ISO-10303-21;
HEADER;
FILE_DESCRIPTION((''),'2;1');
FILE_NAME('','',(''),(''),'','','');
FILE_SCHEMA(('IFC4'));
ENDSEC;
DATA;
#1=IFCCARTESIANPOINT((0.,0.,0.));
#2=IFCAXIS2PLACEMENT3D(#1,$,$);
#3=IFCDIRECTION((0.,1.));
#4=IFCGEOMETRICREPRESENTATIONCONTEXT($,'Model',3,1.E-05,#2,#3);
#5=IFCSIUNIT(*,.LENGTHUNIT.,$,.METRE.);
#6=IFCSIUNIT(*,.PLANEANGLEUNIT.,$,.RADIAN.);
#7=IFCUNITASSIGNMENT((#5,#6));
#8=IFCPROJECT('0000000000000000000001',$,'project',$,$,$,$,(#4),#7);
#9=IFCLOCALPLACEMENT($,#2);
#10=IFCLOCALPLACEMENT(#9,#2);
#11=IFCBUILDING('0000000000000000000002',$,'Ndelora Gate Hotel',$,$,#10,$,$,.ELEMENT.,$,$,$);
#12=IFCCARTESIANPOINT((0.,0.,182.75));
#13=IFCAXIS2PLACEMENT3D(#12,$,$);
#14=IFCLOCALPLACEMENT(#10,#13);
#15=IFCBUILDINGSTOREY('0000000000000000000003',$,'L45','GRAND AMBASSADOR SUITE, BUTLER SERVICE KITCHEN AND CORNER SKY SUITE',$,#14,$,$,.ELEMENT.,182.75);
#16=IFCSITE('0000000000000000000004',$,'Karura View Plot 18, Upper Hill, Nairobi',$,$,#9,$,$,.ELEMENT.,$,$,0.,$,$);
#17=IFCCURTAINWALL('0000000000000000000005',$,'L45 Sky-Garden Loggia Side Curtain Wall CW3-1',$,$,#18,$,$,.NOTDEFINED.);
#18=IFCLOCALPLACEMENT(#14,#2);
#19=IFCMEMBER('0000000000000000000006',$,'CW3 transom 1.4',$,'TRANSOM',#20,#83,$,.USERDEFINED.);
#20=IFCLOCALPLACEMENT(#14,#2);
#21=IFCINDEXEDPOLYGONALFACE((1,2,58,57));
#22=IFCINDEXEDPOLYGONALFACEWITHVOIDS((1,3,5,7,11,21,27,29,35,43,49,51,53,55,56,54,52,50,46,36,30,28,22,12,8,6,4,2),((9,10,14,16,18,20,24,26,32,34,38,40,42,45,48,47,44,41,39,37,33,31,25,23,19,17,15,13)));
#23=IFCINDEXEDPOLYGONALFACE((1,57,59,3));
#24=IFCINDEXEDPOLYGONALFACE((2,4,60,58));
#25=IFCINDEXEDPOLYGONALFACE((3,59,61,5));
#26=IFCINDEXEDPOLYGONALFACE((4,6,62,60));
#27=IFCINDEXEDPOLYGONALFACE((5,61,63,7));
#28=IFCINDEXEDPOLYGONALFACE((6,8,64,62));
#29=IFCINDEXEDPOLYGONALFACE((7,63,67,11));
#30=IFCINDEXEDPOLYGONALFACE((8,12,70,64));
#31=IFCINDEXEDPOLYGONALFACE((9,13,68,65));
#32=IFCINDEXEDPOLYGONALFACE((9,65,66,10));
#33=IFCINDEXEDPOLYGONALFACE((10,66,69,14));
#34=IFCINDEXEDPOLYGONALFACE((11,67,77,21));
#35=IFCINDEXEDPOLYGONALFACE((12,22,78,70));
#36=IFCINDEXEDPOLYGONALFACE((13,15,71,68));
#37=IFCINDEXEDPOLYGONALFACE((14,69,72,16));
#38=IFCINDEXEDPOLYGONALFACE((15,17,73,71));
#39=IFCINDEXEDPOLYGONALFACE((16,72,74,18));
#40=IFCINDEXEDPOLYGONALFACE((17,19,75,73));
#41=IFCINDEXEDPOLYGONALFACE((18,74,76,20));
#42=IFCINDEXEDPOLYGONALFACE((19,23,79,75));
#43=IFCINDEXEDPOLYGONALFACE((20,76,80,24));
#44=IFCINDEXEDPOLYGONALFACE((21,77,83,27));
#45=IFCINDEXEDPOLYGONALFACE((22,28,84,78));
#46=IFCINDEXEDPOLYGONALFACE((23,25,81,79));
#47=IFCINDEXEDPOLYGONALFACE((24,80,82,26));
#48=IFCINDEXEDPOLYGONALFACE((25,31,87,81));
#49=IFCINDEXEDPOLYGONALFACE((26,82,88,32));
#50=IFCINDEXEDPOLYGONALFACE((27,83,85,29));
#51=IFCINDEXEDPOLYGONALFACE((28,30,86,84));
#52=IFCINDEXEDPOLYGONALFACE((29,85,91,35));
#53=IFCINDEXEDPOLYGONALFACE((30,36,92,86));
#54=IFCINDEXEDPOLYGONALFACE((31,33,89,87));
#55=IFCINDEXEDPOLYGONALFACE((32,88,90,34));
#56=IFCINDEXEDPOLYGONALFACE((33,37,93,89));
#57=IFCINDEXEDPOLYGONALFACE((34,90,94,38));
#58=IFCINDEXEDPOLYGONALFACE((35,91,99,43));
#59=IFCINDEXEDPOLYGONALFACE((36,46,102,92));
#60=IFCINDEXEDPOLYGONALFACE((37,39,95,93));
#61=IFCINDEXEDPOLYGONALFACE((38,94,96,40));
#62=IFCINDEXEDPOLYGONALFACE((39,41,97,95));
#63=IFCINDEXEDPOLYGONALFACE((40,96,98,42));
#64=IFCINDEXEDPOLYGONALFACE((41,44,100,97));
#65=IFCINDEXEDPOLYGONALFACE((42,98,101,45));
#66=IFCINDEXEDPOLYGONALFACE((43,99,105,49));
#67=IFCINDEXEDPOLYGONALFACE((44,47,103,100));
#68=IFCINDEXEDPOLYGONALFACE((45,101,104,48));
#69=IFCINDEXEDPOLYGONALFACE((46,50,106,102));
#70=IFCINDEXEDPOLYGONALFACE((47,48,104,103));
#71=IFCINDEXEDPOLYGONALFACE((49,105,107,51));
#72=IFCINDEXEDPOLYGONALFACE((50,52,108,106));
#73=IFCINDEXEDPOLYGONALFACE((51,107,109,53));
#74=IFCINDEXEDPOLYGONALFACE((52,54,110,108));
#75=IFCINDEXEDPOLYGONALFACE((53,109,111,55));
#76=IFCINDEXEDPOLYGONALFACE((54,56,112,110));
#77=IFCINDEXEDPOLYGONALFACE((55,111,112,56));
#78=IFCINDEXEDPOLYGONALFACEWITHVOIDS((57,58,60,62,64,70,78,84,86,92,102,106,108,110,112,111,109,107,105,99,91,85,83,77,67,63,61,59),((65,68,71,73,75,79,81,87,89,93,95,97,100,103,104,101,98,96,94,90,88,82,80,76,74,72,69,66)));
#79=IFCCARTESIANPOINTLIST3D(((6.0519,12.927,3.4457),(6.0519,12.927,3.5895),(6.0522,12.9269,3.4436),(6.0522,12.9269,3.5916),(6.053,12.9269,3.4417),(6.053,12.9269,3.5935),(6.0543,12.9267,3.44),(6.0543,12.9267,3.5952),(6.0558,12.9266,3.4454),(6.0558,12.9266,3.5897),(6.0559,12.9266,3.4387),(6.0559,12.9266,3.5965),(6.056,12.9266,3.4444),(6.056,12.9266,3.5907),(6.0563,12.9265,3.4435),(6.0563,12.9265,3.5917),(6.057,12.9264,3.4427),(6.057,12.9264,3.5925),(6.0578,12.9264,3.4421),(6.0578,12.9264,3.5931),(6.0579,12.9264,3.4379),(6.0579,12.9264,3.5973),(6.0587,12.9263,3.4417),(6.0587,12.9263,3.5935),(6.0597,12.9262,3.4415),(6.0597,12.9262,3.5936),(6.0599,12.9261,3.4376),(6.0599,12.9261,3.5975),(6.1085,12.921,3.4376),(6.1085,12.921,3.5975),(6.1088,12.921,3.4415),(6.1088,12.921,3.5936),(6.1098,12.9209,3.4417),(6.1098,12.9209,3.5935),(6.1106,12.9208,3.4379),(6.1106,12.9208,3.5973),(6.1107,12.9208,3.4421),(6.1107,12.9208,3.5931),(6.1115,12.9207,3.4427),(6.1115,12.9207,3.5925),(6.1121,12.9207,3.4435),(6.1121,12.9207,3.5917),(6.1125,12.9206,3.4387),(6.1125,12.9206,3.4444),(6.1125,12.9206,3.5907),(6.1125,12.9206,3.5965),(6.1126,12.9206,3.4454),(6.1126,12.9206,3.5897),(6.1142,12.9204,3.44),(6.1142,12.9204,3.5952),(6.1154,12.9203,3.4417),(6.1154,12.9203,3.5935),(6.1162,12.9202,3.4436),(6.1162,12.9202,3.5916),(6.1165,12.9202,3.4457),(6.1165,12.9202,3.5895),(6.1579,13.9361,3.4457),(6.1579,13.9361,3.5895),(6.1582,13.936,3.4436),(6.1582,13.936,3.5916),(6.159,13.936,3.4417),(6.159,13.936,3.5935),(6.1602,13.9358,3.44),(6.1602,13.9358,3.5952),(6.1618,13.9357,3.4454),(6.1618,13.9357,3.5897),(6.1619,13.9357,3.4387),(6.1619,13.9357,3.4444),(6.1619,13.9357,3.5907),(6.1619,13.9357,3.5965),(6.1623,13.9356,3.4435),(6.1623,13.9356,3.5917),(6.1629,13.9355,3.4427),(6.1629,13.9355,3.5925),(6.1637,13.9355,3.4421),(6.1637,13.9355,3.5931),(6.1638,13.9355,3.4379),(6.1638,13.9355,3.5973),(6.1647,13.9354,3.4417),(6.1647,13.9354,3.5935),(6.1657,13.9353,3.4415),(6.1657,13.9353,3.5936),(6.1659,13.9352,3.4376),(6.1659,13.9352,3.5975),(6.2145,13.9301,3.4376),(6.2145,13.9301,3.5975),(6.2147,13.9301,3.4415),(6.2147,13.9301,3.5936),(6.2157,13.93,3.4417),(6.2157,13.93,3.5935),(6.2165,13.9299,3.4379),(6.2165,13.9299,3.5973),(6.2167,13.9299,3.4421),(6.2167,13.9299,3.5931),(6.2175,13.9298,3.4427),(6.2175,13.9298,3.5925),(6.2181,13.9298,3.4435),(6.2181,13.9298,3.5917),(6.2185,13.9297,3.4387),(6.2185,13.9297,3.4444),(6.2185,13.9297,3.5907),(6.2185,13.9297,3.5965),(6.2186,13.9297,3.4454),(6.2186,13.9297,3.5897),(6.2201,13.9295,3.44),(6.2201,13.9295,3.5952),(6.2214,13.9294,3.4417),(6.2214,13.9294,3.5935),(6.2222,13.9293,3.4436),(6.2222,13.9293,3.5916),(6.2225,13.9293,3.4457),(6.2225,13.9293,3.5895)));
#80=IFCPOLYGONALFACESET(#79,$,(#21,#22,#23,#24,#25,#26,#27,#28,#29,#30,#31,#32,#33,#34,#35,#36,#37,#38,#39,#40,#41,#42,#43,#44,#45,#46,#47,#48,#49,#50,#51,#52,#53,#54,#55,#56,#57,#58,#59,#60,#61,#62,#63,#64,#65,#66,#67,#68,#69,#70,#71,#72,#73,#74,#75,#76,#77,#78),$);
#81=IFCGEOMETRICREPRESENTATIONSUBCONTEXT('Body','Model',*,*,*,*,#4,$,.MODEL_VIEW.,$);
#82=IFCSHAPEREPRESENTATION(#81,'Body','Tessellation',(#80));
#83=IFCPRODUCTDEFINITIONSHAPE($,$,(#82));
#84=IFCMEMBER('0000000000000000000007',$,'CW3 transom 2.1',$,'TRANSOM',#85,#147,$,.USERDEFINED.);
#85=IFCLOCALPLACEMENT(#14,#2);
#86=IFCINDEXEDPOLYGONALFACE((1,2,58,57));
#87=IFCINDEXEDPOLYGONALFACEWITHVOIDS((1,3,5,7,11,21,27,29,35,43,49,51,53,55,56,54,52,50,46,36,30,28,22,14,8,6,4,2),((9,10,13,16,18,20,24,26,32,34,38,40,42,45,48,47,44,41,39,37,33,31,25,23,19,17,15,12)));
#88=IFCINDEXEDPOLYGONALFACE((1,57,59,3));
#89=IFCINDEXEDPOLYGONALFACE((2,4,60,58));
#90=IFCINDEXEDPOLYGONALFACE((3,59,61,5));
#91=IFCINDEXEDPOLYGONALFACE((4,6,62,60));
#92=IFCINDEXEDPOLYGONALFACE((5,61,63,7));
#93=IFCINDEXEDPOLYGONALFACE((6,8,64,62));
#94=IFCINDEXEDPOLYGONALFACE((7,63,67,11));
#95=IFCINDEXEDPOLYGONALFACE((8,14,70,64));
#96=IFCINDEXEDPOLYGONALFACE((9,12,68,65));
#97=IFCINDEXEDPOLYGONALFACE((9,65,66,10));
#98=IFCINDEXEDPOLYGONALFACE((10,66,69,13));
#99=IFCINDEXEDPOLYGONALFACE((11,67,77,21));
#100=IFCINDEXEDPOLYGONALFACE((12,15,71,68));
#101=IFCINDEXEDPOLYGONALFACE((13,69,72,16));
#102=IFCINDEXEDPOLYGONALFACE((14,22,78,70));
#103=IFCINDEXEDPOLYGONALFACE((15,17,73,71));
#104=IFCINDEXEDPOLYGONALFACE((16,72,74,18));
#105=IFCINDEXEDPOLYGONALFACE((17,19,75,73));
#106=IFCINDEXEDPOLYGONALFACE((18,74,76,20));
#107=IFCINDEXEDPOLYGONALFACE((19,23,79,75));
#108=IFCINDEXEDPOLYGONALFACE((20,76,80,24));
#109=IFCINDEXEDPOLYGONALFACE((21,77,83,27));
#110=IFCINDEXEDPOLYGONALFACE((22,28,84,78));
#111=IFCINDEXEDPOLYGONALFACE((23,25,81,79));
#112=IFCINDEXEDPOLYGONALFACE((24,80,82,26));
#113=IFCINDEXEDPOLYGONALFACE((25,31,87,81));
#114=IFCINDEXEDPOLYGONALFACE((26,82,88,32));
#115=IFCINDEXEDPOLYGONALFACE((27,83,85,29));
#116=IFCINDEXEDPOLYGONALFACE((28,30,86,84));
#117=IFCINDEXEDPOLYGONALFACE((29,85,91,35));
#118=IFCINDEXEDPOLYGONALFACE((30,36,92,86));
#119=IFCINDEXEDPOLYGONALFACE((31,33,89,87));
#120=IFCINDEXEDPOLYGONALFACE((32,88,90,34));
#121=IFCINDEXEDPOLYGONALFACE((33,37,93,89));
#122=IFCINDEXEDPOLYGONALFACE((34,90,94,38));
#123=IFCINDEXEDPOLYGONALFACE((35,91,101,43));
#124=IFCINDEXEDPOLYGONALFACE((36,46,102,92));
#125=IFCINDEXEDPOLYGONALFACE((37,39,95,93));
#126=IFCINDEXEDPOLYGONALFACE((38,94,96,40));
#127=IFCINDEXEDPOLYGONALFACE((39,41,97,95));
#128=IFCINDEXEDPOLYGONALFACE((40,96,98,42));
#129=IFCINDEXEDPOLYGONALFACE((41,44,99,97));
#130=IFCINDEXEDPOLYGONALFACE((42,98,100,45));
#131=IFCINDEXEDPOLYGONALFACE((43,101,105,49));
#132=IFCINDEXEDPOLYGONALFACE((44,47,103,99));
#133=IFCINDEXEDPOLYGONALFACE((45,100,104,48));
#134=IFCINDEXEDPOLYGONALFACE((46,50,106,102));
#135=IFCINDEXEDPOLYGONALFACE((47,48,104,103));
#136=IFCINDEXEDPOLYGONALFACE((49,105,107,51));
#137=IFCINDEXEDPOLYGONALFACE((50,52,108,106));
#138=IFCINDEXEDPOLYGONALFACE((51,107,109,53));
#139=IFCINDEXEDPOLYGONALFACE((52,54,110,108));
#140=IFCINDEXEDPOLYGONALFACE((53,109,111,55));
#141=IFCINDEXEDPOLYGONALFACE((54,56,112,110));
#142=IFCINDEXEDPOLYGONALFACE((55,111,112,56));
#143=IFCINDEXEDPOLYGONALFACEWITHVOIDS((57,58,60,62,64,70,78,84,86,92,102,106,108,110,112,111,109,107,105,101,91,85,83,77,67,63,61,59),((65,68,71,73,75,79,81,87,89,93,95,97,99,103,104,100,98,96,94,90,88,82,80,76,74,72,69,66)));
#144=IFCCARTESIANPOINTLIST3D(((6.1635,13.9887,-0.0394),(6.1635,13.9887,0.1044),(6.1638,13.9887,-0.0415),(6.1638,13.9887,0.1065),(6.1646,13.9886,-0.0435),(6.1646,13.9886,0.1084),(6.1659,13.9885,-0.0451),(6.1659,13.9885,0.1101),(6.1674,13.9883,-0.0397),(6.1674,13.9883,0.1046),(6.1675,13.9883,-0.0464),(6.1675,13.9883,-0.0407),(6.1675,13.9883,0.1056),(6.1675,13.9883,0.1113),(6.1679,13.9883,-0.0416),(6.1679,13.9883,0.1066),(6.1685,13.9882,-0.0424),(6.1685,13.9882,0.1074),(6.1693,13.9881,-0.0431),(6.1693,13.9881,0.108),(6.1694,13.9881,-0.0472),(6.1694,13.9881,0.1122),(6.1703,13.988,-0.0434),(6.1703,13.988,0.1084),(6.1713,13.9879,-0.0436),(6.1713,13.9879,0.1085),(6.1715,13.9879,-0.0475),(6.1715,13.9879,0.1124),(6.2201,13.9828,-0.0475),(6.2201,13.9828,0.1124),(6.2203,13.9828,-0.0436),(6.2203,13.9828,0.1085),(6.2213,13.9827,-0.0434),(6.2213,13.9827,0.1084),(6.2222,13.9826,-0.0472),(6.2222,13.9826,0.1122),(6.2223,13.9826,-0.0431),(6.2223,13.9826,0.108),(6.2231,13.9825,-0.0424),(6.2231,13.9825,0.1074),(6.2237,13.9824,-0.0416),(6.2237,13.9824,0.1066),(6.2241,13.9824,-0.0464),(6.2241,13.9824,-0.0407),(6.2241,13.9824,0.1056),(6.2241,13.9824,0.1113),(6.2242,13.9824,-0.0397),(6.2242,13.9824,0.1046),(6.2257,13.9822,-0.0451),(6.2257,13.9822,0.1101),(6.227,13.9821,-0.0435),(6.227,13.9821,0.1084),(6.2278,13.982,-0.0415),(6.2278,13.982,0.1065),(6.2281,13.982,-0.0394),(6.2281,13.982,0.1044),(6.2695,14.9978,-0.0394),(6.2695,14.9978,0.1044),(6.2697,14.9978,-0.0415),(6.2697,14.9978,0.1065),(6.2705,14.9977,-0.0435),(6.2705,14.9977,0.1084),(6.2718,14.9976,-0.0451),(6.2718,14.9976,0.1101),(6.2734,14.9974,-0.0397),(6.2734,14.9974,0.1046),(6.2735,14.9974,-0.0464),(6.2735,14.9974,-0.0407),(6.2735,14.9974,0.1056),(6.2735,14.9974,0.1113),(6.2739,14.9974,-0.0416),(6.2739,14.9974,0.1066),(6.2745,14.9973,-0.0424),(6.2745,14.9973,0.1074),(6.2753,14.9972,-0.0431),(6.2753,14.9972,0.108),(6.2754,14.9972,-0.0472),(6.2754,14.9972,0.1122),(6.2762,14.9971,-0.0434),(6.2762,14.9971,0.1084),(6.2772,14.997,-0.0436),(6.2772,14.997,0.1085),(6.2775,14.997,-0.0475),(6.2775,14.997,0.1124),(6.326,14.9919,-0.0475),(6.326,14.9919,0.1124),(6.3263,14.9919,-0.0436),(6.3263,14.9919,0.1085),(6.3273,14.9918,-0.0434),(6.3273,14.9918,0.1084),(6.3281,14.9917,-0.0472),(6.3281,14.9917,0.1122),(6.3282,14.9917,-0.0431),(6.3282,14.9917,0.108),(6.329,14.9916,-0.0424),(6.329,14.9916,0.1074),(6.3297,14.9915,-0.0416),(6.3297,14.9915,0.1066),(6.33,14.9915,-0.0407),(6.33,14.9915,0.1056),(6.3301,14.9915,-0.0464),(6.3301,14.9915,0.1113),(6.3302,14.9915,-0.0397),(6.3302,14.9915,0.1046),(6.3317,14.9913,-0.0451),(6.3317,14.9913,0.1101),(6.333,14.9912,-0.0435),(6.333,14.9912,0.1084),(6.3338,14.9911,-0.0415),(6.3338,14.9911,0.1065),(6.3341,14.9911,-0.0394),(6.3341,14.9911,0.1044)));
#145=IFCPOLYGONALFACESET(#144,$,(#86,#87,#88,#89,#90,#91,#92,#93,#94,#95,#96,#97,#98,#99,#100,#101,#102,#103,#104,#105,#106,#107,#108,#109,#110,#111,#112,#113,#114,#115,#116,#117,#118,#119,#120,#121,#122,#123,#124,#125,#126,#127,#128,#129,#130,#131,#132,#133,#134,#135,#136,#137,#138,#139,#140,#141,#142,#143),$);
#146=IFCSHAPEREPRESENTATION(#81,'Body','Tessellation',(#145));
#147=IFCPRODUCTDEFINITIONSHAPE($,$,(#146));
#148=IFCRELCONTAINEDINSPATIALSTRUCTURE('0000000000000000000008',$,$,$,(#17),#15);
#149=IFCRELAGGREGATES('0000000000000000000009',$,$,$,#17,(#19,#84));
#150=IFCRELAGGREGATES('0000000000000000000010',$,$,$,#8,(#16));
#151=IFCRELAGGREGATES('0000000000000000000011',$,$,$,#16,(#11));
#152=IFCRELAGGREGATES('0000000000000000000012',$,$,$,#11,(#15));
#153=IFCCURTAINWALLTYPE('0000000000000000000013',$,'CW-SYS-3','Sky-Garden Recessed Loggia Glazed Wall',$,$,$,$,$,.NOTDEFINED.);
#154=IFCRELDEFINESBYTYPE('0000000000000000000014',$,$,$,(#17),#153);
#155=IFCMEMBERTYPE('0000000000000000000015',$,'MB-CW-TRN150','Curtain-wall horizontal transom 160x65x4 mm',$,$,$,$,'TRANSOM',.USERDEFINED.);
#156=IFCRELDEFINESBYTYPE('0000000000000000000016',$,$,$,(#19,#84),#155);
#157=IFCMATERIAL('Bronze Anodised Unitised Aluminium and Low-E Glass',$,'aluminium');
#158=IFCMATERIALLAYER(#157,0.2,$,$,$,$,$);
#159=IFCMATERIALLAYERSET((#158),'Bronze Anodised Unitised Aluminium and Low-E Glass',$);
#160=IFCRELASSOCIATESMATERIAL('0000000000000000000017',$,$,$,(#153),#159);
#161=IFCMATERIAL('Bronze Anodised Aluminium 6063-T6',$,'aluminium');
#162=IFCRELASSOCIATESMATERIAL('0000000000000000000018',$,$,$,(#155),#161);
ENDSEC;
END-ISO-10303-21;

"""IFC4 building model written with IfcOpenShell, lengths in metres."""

from ifc_helpers import new_model, si_unit, direction, frame, origin, origin_2d, place, context, subcontext, project, spatial, hollow_rectangle, extrude, material, layer, layer_set, material_profile, profile_set, type_object, element, aggregate, save


model = new_model("IFC4")

# Units and contexts
model_context = context("Model", 3, precision=1e-05, world=origin(), true_north=direction((0.0, 1.0)))
body_context = subcontext(model_context, "Body", "Model", "MODEL_VIEW")
ifc_project = project(units=[si_unit("LENGTHUNIT", "METRE"), si_unit("PLANEANGLEUNIT", "RADIAN")], contexts=[model_context])

# Site, building, storey
site_placement = place(None, origin())
site = spatial("IfcSite", under=ifc_project, at=site_placement, Name="Karura View Plot 18, Upper Hill, Nairobi", CompositionType="ELEMENT", RefElevation=0.0)
building_placement = place(site_placement, origin())
building = spatial("IfcBuilding", under=site, at=building_placement, Name="Ndelora Gate Hotel", CompositionType="ELEMENT")
storey_placement = place(building_placement, frame((0.0, 0.0, 182.75)))
storey = spatial("IfcBuildingStorey", under=building, at=storey_placement, Name="L45", Description="GRAND AMBASSADOR SUITE, BUTLER SERVICE KITCHEN AND CORNER SKY SUITE", CompositionType="ELEMENT", Elevation=182.75)

# Curtain wall, members
ifc_material_1 = material(Name="Bronze Anodised Unitised Aluminium and Low-E Glass", Category="aluminium")
ifc_layer_1 = layer(ifc_material_1, 0.2)
ifc_layer_set_1 = layer_set([ifc_layer_1], Name="Bronze Anodised Unitised Aluminium and Low-E Glass")
curtain_wall_type = type_object("IfcCurtainWallType", Name="CW-SYS-3", Description="Sky-Garden Recessed Loggia Glazed Wall", PredefinedType="NOTDEFINED", material=ifc_layer_set_1)
curtain_wall_placement = place(storey_placement, origin())
curtain_wall = element("IfcCurtainWall", 1, at=curtain_wall_placement, inside=storey, type_object=curtain_wall_type, Name="L45 Sky-Garden Loggia Side Curtain Wall CW3-1", PredefinedType="NOTDEFINED")
ifc_material_2 = material(Name="Bronze Anodised Aluminium 6063-T6", Category="aluminium")
ifc_material_profile_1 = material_profile(ifc_material_2, hollow_rectangle(XDim=0.0649, YDim=0.1599, WallThickness=0.0039, InnerFilletRadius=0.0039, OuterFilletRadius=0.0081, at=origin_2d()), Name="ALU 160x65x4")
ifc_profile_set_1 = profile_set([ifc_material_profile_1], Name="Bronze Anodised Aluminium 6063-T6")
member_type_1 = type_object("IfcMemberType", Name="MB-CW-TRN150", Description="Curtain-wall horizontal transom 160x65x4 mm", ElementType="TRANSOM", PredefinedType="USERDEFINED", material=ifc_profile_set_1)
member_1_placement = place(storey_placement, frame((6.0842, 12.9236, 3.5176), z_axis=(0.104434, 0.994532, 0.0), x_axis=(-0.994532, 0.104434, 0.0)))
member_1 = element("IfcMember", 2, at=member_1_placement, type_object=member_type_1, Name="CW3 transom 1.4", ObjectType="TRANSOM", PredefinedType="USERDEFINED", context=body_context, shape_type="SweptSolid", body=[
    extrude(hollow_rectangle(XDim=0.0649, YDim=0.1599, WallThickness=0.0039, InnerFilletRadius=0.0039, OuterFilletRadius=0.0081, at=origin_2d()), origin(), (0.0, 0.0, 1.0), 1.0146),
])
member_2_placement = place(storey_placement, frame((6.1958, 13.9854, 0.0325), z_axis=(0.104434, 0.994532, 0.0), x_axis=(-0.994532, 0.104434, 0.0)))
member_2 = element("IfcMember", 3, at=member_2_placement, type_object=member_type_1, Name="CW3 transom 2.1", ObjectType="TRANSOM", PredefinedType="USERDEFINED", context=body_context, shape_type="SweptSolid", body=[
    extrude(hollow_rectangle(XDim=0.0649, YDim=0.1599, WallThickness=0.0039, InnerFilletRadius=0.0039, OuterFilletRadius=0.0081, at=origin_2d()), origin(), (0.0, 0.0, 1.0), 1.0146),
])
aggregate(curtain_wall, [member_1, member_2])

save(model, "model.ifc")
